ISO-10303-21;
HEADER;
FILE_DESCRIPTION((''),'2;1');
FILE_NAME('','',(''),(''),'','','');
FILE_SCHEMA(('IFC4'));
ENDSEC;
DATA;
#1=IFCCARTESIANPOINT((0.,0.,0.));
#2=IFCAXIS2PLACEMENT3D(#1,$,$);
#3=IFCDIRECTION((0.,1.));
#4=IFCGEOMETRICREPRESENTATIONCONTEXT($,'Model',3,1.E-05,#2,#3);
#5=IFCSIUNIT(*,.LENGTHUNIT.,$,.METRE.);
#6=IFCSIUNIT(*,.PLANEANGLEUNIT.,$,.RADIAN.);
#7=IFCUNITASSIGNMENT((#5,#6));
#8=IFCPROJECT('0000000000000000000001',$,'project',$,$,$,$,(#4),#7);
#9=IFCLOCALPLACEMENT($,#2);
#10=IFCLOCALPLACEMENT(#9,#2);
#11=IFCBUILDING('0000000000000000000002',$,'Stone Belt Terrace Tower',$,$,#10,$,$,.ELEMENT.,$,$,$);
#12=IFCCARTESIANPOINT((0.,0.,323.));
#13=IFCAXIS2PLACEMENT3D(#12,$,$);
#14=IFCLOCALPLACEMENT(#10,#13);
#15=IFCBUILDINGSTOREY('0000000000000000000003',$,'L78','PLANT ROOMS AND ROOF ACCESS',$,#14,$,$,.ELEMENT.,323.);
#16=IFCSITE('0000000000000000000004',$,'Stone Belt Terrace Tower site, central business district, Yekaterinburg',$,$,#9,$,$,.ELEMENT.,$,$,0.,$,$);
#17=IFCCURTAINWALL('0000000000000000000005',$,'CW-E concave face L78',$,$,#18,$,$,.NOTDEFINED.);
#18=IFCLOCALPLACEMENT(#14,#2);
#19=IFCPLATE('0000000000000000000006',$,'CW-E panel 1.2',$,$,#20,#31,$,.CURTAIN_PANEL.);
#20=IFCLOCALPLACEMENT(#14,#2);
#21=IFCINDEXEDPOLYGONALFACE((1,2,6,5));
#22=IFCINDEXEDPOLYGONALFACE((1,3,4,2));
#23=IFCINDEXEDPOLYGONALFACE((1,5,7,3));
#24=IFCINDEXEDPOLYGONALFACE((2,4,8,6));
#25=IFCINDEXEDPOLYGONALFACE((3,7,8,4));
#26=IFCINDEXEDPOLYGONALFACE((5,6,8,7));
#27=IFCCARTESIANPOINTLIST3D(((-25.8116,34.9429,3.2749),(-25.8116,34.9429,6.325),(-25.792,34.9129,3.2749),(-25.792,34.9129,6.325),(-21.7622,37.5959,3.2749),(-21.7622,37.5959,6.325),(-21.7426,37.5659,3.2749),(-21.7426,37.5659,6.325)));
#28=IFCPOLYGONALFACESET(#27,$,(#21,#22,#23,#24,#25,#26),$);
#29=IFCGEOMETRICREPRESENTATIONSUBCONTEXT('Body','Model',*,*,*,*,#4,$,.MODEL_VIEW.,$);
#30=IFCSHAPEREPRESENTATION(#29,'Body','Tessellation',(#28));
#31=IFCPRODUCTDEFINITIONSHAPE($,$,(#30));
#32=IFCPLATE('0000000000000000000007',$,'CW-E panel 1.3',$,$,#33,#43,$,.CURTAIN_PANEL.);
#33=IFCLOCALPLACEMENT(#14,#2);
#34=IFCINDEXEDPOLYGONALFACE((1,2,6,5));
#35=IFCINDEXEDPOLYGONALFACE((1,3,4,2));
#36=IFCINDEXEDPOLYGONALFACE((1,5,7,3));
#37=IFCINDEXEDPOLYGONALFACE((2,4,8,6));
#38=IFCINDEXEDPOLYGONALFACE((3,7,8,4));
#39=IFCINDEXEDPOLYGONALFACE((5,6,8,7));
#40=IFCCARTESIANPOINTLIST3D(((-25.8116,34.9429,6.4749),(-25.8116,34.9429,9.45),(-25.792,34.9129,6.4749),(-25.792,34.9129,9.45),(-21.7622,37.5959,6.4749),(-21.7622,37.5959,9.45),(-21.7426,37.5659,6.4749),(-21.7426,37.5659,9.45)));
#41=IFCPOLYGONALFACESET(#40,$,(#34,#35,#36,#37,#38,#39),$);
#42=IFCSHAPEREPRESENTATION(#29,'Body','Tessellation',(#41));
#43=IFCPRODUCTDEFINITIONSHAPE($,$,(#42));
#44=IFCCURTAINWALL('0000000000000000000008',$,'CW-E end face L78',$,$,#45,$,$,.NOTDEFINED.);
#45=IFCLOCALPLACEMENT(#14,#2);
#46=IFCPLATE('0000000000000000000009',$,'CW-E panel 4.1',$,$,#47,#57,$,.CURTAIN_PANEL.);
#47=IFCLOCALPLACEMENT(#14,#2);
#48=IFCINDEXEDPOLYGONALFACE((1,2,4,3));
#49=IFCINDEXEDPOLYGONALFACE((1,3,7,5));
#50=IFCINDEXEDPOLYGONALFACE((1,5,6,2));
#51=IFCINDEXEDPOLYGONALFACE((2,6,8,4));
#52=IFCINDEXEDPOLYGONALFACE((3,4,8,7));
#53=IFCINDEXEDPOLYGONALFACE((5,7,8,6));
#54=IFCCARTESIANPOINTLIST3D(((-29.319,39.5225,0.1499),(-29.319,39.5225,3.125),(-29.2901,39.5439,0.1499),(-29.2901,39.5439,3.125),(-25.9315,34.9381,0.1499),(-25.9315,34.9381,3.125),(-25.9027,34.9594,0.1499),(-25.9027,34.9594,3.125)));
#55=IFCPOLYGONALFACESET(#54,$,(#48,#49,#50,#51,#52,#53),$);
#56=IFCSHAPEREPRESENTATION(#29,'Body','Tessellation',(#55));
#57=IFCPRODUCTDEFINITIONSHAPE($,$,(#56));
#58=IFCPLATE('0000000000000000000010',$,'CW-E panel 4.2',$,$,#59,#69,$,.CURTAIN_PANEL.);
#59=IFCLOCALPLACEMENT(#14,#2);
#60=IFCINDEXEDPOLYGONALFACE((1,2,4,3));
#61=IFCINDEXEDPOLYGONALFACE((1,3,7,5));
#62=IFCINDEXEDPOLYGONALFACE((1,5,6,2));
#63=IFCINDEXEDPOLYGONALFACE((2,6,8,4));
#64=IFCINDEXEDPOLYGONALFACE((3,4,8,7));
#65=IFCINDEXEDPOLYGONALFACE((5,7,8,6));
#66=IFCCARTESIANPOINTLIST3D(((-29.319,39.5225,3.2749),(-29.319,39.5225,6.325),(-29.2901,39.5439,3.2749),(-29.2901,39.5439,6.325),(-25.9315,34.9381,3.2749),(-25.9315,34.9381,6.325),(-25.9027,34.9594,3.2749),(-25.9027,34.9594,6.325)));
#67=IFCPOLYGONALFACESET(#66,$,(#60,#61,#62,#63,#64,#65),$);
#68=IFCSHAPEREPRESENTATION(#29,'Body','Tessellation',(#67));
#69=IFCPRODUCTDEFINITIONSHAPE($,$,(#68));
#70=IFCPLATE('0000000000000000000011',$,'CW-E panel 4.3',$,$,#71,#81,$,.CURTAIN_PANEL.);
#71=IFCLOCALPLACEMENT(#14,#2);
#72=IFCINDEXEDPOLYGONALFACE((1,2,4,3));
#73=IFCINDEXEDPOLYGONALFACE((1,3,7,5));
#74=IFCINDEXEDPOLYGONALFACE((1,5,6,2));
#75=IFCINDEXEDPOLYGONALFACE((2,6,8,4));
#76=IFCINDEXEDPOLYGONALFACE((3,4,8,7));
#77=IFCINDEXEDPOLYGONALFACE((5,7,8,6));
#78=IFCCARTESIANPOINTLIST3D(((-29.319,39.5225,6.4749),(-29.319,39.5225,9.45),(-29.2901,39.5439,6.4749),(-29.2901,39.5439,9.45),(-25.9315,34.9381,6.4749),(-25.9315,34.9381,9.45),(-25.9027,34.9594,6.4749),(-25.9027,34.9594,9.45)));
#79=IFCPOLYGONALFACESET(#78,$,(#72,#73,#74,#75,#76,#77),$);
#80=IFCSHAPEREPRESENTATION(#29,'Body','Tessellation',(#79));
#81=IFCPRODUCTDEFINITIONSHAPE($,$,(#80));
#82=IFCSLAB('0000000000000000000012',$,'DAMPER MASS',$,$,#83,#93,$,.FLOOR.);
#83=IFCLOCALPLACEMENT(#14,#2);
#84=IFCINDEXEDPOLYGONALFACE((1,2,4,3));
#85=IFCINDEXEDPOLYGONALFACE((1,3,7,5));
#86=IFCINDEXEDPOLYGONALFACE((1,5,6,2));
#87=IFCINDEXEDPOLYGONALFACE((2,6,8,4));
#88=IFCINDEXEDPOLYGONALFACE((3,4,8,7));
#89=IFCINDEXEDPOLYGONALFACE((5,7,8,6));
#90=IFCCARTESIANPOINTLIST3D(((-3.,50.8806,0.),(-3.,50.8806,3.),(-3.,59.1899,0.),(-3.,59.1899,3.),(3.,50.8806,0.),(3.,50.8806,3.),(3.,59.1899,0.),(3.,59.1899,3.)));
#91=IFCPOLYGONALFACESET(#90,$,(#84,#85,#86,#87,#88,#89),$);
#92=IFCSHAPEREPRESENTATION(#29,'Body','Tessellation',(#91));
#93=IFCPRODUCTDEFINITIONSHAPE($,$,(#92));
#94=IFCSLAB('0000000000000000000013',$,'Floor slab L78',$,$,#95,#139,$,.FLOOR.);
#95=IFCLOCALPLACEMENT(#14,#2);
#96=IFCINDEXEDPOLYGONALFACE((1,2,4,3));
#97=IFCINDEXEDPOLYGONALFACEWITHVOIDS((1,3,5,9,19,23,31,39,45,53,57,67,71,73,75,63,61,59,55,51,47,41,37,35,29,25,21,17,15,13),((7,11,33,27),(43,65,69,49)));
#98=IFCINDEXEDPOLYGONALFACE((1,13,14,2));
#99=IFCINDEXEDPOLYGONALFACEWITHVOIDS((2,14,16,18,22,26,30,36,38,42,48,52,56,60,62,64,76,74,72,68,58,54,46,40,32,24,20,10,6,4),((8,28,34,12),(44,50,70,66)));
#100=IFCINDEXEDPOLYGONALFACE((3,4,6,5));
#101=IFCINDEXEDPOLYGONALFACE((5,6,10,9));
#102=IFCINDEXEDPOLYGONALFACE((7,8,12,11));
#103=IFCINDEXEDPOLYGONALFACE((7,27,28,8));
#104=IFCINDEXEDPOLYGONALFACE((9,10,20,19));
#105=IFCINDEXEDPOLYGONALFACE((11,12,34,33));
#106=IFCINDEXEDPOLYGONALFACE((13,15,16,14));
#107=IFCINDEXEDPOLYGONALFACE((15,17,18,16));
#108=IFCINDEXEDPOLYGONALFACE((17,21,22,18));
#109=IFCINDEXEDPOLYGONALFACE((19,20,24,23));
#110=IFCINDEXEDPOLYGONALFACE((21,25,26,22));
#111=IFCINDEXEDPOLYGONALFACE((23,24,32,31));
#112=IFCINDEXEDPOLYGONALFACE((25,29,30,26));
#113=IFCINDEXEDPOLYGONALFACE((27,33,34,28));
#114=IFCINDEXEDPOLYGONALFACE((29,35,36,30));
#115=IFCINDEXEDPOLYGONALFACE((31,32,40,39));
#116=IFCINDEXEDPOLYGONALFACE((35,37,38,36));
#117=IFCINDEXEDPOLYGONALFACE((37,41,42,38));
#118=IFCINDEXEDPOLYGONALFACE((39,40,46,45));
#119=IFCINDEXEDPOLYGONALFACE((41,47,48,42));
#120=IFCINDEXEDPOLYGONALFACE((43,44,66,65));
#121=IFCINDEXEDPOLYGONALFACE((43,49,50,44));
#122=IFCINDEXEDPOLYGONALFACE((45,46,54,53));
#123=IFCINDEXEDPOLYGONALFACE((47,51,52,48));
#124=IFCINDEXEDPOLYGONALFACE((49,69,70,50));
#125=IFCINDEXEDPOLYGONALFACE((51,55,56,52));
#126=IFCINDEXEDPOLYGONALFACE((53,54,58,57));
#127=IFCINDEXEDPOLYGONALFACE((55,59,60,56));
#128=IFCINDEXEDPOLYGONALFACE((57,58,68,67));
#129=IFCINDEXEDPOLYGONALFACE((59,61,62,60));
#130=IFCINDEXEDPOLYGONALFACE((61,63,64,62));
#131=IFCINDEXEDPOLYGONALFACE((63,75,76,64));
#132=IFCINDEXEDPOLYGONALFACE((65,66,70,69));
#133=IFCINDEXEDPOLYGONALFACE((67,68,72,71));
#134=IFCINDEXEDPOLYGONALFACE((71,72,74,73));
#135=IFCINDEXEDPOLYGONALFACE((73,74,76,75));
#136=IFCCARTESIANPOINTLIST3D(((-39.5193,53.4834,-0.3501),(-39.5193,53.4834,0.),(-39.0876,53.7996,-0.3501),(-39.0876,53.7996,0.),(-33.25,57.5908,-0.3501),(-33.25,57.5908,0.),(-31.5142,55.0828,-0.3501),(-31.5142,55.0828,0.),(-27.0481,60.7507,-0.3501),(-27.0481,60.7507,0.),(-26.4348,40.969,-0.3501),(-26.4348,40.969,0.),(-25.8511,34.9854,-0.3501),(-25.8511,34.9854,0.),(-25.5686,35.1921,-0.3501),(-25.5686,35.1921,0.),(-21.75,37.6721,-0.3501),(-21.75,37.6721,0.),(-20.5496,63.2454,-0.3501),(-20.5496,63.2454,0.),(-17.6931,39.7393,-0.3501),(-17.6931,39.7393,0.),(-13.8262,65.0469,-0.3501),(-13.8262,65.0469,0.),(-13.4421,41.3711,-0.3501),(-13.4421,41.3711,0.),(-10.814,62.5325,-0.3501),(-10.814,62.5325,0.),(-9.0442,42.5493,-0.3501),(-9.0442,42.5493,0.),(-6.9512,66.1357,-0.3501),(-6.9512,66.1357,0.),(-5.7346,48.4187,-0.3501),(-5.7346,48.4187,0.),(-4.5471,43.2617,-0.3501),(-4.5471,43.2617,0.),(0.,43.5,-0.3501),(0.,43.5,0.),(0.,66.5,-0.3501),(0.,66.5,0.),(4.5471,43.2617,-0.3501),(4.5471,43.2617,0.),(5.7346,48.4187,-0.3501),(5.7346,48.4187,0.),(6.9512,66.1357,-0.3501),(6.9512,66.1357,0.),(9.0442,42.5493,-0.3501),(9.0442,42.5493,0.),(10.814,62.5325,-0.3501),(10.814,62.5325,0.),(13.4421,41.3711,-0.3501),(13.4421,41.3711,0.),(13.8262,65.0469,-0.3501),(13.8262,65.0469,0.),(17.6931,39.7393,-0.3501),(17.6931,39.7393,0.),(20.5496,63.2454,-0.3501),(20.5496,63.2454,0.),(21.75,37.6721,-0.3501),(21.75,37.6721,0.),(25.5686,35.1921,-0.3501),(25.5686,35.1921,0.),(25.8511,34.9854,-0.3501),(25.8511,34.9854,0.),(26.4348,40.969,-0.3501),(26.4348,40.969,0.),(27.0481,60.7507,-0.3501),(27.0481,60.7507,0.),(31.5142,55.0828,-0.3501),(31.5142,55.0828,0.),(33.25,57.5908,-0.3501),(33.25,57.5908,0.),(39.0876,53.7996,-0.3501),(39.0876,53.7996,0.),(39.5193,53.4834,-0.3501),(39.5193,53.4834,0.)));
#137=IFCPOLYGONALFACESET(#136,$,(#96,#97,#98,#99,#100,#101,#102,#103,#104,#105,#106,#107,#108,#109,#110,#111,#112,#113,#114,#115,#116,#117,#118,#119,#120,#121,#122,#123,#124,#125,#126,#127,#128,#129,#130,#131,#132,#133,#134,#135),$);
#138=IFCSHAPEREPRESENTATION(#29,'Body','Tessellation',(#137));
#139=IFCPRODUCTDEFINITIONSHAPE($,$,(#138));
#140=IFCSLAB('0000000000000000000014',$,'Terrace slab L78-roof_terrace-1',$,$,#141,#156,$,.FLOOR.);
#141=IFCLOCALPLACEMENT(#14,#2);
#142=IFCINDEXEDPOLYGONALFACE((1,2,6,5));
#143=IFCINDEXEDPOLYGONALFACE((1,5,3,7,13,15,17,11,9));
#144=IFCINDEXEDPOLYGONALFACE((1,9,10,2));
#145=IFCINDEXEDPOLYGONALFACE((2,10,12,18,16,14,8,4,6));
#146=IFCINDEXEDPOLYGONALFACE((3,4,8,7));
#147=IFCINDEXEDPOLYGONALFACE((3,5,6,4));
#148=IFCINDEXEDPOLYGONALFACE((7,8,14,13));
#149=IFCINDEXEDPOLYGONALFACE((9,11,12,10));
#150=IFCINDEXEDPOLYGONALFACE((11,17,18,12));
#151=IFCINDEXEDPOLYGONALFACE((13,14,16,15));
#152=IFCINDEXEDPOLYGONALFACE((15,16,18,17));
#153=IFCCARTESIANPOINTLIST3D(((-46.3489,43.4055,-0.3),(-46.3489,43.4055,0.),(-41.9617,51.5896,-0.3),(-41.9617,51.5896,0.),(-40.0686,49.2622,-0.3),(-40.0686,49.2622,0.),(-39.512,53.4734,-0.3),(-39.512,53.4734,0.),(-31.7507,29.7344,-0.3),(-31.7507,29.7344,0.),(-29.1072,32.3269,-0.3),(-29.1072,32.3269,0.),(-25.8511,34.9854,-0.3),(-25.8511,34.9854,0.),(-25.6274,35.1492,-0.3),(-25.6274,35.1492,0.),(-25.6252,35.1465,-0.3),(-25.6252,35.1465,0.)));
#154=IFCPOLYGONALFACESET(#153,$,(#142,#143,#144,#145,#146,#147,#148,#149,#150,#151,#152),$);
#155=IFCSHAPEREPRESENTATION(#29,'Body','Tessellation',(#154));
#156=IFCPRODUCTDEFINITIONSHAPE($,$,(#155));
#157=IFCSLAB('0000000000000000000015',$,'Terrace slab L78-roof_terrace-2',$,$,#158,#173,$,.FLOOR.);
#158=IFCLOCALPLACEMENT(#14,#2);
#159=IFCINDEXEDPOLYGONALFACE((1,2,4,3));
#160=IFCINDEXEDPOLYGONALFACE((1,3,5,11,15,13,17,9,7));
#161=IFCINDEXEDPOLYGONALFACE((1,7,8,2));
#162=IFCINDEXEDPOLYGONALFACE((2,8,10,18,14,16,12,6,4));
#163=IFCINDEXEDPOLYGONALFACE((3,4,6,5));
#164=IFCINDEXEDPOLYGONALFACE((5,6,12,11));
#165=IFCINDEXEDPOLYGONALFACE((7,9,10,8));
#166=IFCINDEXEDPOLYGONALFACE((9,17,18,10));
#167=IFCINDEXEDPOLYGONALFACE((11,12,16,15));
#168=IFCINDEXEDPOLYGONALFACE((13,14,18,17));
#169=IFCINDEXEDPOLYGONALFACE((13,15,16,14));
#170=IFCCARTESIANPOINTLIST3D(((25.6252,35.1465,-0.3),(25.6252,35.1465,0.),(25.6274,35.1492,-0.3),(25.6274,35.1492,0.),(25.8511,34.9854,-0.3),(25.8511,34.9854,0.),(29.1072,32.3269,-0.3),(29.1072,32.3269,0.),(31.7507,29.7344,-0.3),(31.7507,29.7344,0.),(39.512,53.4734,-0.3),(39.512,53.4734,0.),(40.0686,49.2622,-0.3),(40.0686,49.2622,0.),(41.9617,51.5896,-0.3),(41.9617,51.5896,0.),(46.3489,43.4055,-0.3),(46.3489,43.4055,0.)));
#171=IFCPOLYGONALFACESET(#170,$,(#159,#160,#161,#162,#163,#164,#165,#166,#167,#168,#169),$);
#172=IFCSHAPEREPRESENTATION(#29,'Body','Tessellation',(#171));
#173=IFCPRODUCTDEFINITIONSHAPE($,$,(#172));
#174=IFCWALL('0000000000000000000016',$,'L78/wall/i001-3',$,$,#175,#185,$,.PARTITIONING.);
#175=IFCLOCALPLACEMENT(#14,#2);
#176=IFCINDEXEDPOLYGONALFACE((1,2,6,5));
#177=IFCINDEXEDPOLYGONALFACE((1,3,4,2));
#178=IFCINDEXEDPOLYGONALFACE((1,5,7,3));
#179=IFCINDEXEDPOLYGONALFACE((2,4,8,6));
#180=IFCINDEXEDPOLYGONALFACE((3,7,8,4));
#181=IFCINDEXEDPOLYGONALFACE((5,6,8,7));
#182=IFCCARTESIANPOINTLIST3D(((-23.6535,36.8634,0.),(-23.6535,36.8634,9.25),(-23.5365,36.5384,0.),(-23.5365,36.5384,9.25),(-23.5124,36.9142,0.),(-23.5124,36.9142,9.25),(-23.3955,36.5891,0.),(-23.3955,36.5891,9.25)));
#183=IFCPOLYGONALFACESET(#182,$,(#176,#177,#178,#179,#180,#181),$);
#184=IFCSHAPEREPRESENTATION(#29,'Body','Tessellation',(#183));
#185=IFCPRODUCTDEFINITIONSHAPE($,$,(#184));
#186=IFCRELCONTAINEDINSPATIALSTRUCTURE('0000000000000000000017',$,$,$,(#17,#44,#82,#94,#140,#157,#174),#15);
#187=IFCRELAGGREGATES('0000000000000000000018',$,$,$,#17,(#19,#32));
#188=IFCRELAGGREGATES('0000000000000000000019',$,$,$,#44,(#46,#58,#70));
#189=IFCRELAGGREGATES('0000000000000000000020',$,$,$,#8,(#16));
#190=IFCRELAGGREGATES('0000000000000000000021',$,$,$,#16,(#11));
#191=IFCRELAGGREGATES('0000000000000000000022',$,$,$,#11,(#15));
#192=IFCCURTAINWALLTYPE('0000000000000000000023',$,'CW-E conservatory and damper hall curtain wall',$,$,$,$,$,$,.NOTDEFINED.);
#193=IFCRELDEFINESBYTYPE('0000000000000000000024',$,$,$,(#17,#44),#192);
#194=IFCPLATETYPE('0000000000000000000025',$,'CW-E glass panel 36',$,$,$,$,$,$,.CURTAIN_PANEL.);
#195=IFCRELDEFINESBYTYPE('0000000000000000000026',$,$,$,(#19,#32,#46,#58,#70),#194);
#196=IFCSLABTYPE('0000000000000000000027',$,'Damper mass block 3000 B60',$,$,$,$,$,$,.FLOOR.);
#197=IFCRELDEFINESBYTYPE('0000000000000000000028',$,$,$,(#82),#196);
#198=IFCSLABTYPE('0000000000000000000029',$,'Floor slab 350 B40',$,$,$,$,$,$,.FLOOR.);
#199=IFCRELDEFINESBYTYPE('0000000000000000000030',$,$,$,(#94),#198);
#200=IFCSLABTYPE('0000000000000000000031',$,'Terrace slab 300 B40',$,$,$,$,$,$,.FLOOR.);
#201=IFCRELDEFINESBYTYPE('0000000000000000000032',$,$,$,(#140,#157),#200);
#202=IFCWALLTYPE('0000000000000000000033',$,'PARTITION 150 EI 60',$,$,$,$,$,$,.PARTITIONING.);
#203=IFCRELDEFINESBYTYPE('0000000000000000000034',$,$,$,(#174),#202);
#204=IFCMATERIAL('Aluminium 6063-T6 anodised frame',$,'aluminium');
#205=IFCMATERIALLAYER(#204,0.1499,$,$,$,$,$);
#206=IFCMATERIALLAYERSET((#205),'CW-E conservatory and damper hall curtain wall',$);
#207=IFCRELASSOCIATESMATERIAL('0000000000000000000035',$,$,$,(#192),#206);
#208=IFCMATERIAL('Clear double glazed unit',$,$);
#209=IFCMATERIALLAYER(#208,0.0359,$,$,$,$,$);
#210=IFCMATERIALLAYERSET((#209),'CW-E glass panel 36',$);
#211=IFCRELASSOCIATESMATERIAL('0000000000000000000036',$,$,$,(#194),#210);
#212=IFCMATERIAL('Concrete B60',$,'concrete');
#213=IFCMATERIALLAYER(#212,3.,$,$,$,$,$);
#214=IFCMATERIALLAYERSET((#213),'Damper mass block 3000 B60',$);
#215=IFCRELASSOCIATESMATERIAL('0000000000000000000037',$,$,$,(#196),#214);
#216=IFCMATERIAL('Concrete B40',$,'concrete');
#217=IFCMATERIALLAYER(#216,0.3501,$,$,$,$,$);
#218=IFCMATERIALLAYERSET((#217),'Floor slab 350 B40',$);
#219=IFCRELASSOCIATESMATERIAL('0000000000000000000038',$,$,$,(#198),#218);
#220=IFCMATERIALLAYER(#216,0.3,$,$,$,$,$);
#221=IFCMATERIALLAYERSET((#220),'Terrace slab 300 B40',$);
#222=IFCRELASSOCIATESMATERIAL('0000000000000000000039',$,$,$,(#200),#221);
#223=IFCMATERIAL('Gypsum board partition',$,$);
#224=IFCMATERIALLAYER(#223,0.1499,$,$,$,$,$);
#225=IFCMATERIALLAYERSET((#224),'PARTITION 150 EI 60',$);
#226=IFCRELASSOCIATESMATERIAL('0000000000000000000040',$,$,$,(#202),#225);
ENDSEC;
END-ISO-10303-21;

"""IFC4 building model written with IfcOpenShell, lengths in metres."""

from ifc_helpers import new_model, si_unit, direction, frame, frame_2d, origin, origin_2d, place, context, subcontext, project, spatial, polyline, rectangle, outline, extrude, material, layer, layer_set, type_object, element, aggregate, save


model = new_model("IFC4")

# Units and contexts
model_context = context("Model", 3, precision=1e-05, world=origin(), true_north=direction((0.0, 1.0)))
body_context = subcontext(model_context, "Body", "Model", "MODEL_VIEW")
ifc_project = project(units=[si_unit("LENGTHUNIT", "METRE"), si_unit("PLANEANGLEUNIT", "RADIAN")], contexts=[model_context])

# Site, building, storey
site_placement = place(None, origin())
site = spatial("IfcSite", under=ifc_project, at=site_placement, Name="Stone Belt Terrace Tower site, central business district, Yekaterinburg", CompositionType="ELEMENT", RefElevation=0.0)
building_placement = place(site_placement, origin())
building = spatial("IfcBuilding", under=site, at=building_placement, Name="Stone Belt Terrace Tower", CompositionType="ELEMENT")
storey_placement = place(building_placement, frame((0.0, 0.0, 323.0)))
storey = spatial("IfcBuildingStorey", under=building, at=storey_placement, Name="L78", Description="PLANT ROOMS AND ROOF ACCESS", CompositionType="ELEMENT", Elevation=323.0)

# Shared definitions
ifc_material_1 = material(Name="Concrete B60", Category="concrete")

# Curtain wall
ifc_material_2 = material(Name="Aluminium 6063-T6 anodised frame", Category="aluminium")
ifc_layer_1 = layer(ifc_material_2, 0.1499)
ifc_layer_set_1 = layer_set([ifc_layer_1], Name="CW-E conservatory and damper hall curtain wall")
curtain_wall_type = type_object("IfcCurtainWallType", Name="CW-E conservatory and damper hall curtain wall", PredefinedType="NOTDEFINED", material=ifc_layer_set_1)
curtain_wall_1_placement = place(storey_placement, origin())
curtain_wall_1 = element("IfcCurtainWall", 1, at=curtain_wall_1_placement, inside=storey, type_object=curtain_wall_type, Name="CW-E concave face L78", PredefinedType="NOTDEFINED")

# Plates
ifc_material_3 = material(Name="Clear double glazed unit")
ifc_layer_2 = layer(ifc_material_3, 0.0359)
ifc_layer_set_2 = layer_set([ifc_layer_2], Name="CW-E glass panel 36")
plate_type = type_object("IfcPlateType", Name="CW-E glass panel 36", PredefinedType="CURTAIN_PANEL", material=ifc_layer_set_2)
plate_1_placement = place(storey_placement, frame((-23.7771, 36.2544, 3.2749), z_axis=(0.0, 0.0, 1.0), x_axis=(0.836473, 0.548008, 0.0)))
plate_1 = element("IfcPlate", 2, at=plate_1_placement, type_object=plate_type, Name="CW-E panel 1.2", PredefinedType="CURTAIN_PANEL", context=body_context, shape_type="SweptSolid", body=[
    extrude(rectangle(XDim=4.8411, YDim=0.0359, at=origin_2d()), origin(), (0.0, 0.0, 1.0), 3.05),
])
plate_2_placement = place(storey_placement, frame((-23.7771, 36.2544, 6.4749), z_axis=(0.0, 0.0, 1.0), x_axis=(0.836473, 0.548008, 0.0)))
plate_2 = element("IfcPlate", 3, at=plate_2_placement, type_object=plate_type, Name="CW-E panel 1.3", PredefinedType="CURTAIN_PANEL", context=body_context, shape_type="SweptSolid", body=[
    extrude(rectangle(XDim=4.8411, YDim=0.0359, at=origin_2d()), origin(), (0.0, 0.0, 1.0), 2.9751),
])
aggregate(curtain_wall_1, [plate_1, plate_2])

# Curtain wall, plates
curtain_wall_2_placement = place(storey_placement, origin())
curtain_wall_2 = element("IfcCurtainWall", 4, at=curtain_wall_2_placement, inside=storey, type_object=curtain_wall_type, Name="CW-E end face L78", PredefinedType="NOTDEFINED")
plate_3_placement = place(storey_placement, frame((-27.6108, 37.241, 0.1499), z_axis=(0.0, 0.0, 1.0), x_axis=(0.594275, -0.804262, 0.0)))
plate_3 = element("IfcPlate", 5, at=plate_3_placement, type_object=plate_type, Name="CW-E panel 4.1", PredefinedType="CURTAIN_PANEL", context=body_context, shape_type="SweptSolid", body=[
    extrude(rectangle(XDim=5.7002, YDim=0.0359, at=origin_2d()), origin(), (0.0, 0.0, 1.0), 2.9751),
])
plate_4_placement = place(storey_placement, frame((-27.6108, 37.241, 3.2749), z_axis=(0.0, 0.0, 1.0), x_axis=(0.594275, -0.804262, 0.0)))
plate_4 = element("IfcPlate", 6, at=plate_4_placement, type_object=plate_type, Name="CW-E panel 4.2", PredefinedType="CURTAIN_PANEL", context=body_context, shape_type="SweptSolid", body=[
    extrude(rectangle(XDim=5.7002, YDim=0.0359, at=origin_2d()), origin(), (0.0, 0.0, 1.0), 3.05),
])
plate_5_placement = place(storey_placement, frame((-27.6108, 37.241, 6.4749), z_axis=(0.0, 0.0, 1.0), x_axis=(0.594275, -0.804262, 0.0)))
plate_5 = element("IfcPlate", 7, at=plate_5_placement, type_object=plate_type, Name="CW-E panel 4.3", PredefinedType="CURTAIN_PANEL", context=body_context, shape_type="SweptSolid", body=[
    extrude(rectangle(XDim=5.7002, YDim=0.0359, at=origin_2d()), origin(), (0.0, 0.0, 1.0), 2.9751),
])
aggregate(curtain_wall_2, [plate_3, plate_4, plate_5])

# Slabs
ifc_layer_3 = layer(ifc_material_1, 3.0)
ifc_layer_set_3 = layer_set([ifc_layer_3], Name="Damper mass block 3000 B60")
slab_type_1 = type_object("IfcSlabType", Name="Damper mass block 3000 B60", PredefinedType="FLOOR", material=ifc_layer_set_3)
slab_1_placement = place(storey_placement, origin())
element("IfcSlab", 8, at=slab_1_placement, inside=storey, type_object=slab_type_1, Name="DAMPER MASS", PredefinedType="FLOOR", context=body_context, shape_type="SweptSolid", body=[
    extrude(outline(polyline([(3.0, 50.8806), (3.0, 59.1899), (-3.0, 59.1899), (-3.0, 50.8806), (3.0, 50.8806)])), origin(), (0.0, 0.0, 1.0), 3.0),
])
ifc_material_4 = material(Name="Concrete B40", Category="concrete")
ifc_layer_4 = layer(ifc_material_4, 0.3501)
ifc_layer_set_4 = layer_set([ifc_layer_4], Name="Floor slab 350 B40")
slab_type_2 = type_object("IfcSlabType", Name="Floor slab 350 B40", PredefinedType="FLOOR", material=ifc_layer_set_4)
slab_2_placement = place(storey_placement, frame((0.0, 0.0, -0.3501)))
element("IfcSlab", 9, at=slab_2_placement, inside=storey, type_object=slab_type_2, Name="Floor slab L78", PredefinedType="FLOOR", context=body_context, shape_type="SweptSolid", body=[
    extrude(outline(polyline([(-39.0876, 53.7996), (-33.25, 57.5908), (-27.0481, 60.7507), (-20.5496, 63.2454), (-13.8262, 65.0469), (-6.9512, 66.1357), (0.0, 66.5), (6.9512, 66.1357), (13.8262, 65.0469), (20.5496, 63.2454), (27.0481, 60.7507), (33.25, 57.5908), (39.0876, 53.7996), (39.5193, 53.4834), (25.8511, 34.9854), (25.5686, 35.1921), (21.75, 37.6721), (17.6931, 39.7393), (13.4421, 41.3711), (9.0442, 42.5493), (4.5471, 43.2617), (0.0, 43.5), (-4.5471, 43.2617), (-9.0442, 42.5493), (-13.4421, 41.3711), (-17.6931, 39.7393), (-21.75, 37.6721), (-25.5686, 35.1921), (-25.8511, 34.9854), (-39.5193, 53.4834), (-39.0876, 53.7996)]), holes=[polyline([(-10.814, 62.5325), (-31.5142, 55.0828), (-26.4348, 40.969), (-5.7346, 48.4187), (-10.814, 62.5325)]), polyline([(26.4348, 40.969), (31.5142, 55.0828), (10.814, 62.5325), (5.7346, 48.4187), (26.4348, 40.969)])]), origin(), (0.0, 0.0, 1.0), 0.3501),
])
ifc_layer_5 = layer(ifc_material_4, 0.3)
ifc_layer_set_5 = layer_set([ifc_layer_5], Name="Terrace slab 300 B40")
slab_type_3 = type_object("IfcSlabType", Name="Terrace slab 300 B40", PredefinedType="FLOOR", material=ifc_layer_set_5)
slab_3_placement = place(storey_placement, frame((0.0, 0.0, -0.3)))
element("IfcSlab", 10, at=slab_3_placement, inside=storey, type_object=slab_type_3, Name="Terrace slab L78-roof_terrace-1", PredefinedType="FLOOR", context=body_context, shape_type="SweptSolid", body=[
    extrude(outline(polyline([(-31.7507, 29.7344), (-29.1072, 32.3269), (-25.6252, 35.1465), (-25.6274, 35.1492), (-25.8511, 34.9854), (-39.512, 53.4734), (-41.9617, 51.5896), (-40.0686, 49.2622), (-46.3489, 43.4055), (-31.7507, 29.7344)])), origin(), (0.0, 0.0, 1.0), 0.3),
])
slab_4_placement = place(storey_placement, frame((0.0, 0.0, -0.3)))
element("IfcSlab", 11, at=slab_4_placement, inside=storey, type_object=slab_type_3, Name="Terrace slab L78-roof_terrace-2", PredefinedType="FLOOR", context=body_context, shape_type="SweptSolid", body=[
    extrude(outline(polyline([(40.0686, 49.2622), (41.9617, 51.5896), (39.512, 53.4734), (25.8511, 34.9854), (25.6274, 35.1492), (25.6252, 35.1465), (29.1072, 32.3269), (31.7507, 29.7344), (46.3489, 43.4055), (40.0686, 49.2622)])), origin(), (0.0, 0.0, 1.0), 0.3),
])

# Wall
ifc_material_5 = material(Name="Gypsum board partition")
ifc_layer_6 = layer(ifc_material_5, 0.1499)
ifc_layer_set_6 = layer_set([ifc_layer_6], Name="PARTITION 150 EI 60")
wall_type = type_object("IfcWallType", Name="PARTITION 150 EI 60", PredefinedType="PARTITIONING", material=ifc_layer_set_6)
wall_1_placement = place(storey_placement, frame((-23.583, 36.8889, 0.0), z_axis=(0.0, 0.0, 1.0), x_axis=(0.338619, -0.940923, 0.0)))
element("IfcWall", 12, at=wall_1_placement, inside=storey, type_object=wall_type, Name="L78/wall/i001-3", PredefinedType="PARTITIONING", context=body_context, shape_type="SweptSolid", body=[
    extrude(rectangle(XDim=0.3455, YDim=0.1499, at=frame_2d((0.1729, 0.0))), origin(), (0.0, 0.0, 1.0), 9.25),
])

save(model, "model.ifc")
